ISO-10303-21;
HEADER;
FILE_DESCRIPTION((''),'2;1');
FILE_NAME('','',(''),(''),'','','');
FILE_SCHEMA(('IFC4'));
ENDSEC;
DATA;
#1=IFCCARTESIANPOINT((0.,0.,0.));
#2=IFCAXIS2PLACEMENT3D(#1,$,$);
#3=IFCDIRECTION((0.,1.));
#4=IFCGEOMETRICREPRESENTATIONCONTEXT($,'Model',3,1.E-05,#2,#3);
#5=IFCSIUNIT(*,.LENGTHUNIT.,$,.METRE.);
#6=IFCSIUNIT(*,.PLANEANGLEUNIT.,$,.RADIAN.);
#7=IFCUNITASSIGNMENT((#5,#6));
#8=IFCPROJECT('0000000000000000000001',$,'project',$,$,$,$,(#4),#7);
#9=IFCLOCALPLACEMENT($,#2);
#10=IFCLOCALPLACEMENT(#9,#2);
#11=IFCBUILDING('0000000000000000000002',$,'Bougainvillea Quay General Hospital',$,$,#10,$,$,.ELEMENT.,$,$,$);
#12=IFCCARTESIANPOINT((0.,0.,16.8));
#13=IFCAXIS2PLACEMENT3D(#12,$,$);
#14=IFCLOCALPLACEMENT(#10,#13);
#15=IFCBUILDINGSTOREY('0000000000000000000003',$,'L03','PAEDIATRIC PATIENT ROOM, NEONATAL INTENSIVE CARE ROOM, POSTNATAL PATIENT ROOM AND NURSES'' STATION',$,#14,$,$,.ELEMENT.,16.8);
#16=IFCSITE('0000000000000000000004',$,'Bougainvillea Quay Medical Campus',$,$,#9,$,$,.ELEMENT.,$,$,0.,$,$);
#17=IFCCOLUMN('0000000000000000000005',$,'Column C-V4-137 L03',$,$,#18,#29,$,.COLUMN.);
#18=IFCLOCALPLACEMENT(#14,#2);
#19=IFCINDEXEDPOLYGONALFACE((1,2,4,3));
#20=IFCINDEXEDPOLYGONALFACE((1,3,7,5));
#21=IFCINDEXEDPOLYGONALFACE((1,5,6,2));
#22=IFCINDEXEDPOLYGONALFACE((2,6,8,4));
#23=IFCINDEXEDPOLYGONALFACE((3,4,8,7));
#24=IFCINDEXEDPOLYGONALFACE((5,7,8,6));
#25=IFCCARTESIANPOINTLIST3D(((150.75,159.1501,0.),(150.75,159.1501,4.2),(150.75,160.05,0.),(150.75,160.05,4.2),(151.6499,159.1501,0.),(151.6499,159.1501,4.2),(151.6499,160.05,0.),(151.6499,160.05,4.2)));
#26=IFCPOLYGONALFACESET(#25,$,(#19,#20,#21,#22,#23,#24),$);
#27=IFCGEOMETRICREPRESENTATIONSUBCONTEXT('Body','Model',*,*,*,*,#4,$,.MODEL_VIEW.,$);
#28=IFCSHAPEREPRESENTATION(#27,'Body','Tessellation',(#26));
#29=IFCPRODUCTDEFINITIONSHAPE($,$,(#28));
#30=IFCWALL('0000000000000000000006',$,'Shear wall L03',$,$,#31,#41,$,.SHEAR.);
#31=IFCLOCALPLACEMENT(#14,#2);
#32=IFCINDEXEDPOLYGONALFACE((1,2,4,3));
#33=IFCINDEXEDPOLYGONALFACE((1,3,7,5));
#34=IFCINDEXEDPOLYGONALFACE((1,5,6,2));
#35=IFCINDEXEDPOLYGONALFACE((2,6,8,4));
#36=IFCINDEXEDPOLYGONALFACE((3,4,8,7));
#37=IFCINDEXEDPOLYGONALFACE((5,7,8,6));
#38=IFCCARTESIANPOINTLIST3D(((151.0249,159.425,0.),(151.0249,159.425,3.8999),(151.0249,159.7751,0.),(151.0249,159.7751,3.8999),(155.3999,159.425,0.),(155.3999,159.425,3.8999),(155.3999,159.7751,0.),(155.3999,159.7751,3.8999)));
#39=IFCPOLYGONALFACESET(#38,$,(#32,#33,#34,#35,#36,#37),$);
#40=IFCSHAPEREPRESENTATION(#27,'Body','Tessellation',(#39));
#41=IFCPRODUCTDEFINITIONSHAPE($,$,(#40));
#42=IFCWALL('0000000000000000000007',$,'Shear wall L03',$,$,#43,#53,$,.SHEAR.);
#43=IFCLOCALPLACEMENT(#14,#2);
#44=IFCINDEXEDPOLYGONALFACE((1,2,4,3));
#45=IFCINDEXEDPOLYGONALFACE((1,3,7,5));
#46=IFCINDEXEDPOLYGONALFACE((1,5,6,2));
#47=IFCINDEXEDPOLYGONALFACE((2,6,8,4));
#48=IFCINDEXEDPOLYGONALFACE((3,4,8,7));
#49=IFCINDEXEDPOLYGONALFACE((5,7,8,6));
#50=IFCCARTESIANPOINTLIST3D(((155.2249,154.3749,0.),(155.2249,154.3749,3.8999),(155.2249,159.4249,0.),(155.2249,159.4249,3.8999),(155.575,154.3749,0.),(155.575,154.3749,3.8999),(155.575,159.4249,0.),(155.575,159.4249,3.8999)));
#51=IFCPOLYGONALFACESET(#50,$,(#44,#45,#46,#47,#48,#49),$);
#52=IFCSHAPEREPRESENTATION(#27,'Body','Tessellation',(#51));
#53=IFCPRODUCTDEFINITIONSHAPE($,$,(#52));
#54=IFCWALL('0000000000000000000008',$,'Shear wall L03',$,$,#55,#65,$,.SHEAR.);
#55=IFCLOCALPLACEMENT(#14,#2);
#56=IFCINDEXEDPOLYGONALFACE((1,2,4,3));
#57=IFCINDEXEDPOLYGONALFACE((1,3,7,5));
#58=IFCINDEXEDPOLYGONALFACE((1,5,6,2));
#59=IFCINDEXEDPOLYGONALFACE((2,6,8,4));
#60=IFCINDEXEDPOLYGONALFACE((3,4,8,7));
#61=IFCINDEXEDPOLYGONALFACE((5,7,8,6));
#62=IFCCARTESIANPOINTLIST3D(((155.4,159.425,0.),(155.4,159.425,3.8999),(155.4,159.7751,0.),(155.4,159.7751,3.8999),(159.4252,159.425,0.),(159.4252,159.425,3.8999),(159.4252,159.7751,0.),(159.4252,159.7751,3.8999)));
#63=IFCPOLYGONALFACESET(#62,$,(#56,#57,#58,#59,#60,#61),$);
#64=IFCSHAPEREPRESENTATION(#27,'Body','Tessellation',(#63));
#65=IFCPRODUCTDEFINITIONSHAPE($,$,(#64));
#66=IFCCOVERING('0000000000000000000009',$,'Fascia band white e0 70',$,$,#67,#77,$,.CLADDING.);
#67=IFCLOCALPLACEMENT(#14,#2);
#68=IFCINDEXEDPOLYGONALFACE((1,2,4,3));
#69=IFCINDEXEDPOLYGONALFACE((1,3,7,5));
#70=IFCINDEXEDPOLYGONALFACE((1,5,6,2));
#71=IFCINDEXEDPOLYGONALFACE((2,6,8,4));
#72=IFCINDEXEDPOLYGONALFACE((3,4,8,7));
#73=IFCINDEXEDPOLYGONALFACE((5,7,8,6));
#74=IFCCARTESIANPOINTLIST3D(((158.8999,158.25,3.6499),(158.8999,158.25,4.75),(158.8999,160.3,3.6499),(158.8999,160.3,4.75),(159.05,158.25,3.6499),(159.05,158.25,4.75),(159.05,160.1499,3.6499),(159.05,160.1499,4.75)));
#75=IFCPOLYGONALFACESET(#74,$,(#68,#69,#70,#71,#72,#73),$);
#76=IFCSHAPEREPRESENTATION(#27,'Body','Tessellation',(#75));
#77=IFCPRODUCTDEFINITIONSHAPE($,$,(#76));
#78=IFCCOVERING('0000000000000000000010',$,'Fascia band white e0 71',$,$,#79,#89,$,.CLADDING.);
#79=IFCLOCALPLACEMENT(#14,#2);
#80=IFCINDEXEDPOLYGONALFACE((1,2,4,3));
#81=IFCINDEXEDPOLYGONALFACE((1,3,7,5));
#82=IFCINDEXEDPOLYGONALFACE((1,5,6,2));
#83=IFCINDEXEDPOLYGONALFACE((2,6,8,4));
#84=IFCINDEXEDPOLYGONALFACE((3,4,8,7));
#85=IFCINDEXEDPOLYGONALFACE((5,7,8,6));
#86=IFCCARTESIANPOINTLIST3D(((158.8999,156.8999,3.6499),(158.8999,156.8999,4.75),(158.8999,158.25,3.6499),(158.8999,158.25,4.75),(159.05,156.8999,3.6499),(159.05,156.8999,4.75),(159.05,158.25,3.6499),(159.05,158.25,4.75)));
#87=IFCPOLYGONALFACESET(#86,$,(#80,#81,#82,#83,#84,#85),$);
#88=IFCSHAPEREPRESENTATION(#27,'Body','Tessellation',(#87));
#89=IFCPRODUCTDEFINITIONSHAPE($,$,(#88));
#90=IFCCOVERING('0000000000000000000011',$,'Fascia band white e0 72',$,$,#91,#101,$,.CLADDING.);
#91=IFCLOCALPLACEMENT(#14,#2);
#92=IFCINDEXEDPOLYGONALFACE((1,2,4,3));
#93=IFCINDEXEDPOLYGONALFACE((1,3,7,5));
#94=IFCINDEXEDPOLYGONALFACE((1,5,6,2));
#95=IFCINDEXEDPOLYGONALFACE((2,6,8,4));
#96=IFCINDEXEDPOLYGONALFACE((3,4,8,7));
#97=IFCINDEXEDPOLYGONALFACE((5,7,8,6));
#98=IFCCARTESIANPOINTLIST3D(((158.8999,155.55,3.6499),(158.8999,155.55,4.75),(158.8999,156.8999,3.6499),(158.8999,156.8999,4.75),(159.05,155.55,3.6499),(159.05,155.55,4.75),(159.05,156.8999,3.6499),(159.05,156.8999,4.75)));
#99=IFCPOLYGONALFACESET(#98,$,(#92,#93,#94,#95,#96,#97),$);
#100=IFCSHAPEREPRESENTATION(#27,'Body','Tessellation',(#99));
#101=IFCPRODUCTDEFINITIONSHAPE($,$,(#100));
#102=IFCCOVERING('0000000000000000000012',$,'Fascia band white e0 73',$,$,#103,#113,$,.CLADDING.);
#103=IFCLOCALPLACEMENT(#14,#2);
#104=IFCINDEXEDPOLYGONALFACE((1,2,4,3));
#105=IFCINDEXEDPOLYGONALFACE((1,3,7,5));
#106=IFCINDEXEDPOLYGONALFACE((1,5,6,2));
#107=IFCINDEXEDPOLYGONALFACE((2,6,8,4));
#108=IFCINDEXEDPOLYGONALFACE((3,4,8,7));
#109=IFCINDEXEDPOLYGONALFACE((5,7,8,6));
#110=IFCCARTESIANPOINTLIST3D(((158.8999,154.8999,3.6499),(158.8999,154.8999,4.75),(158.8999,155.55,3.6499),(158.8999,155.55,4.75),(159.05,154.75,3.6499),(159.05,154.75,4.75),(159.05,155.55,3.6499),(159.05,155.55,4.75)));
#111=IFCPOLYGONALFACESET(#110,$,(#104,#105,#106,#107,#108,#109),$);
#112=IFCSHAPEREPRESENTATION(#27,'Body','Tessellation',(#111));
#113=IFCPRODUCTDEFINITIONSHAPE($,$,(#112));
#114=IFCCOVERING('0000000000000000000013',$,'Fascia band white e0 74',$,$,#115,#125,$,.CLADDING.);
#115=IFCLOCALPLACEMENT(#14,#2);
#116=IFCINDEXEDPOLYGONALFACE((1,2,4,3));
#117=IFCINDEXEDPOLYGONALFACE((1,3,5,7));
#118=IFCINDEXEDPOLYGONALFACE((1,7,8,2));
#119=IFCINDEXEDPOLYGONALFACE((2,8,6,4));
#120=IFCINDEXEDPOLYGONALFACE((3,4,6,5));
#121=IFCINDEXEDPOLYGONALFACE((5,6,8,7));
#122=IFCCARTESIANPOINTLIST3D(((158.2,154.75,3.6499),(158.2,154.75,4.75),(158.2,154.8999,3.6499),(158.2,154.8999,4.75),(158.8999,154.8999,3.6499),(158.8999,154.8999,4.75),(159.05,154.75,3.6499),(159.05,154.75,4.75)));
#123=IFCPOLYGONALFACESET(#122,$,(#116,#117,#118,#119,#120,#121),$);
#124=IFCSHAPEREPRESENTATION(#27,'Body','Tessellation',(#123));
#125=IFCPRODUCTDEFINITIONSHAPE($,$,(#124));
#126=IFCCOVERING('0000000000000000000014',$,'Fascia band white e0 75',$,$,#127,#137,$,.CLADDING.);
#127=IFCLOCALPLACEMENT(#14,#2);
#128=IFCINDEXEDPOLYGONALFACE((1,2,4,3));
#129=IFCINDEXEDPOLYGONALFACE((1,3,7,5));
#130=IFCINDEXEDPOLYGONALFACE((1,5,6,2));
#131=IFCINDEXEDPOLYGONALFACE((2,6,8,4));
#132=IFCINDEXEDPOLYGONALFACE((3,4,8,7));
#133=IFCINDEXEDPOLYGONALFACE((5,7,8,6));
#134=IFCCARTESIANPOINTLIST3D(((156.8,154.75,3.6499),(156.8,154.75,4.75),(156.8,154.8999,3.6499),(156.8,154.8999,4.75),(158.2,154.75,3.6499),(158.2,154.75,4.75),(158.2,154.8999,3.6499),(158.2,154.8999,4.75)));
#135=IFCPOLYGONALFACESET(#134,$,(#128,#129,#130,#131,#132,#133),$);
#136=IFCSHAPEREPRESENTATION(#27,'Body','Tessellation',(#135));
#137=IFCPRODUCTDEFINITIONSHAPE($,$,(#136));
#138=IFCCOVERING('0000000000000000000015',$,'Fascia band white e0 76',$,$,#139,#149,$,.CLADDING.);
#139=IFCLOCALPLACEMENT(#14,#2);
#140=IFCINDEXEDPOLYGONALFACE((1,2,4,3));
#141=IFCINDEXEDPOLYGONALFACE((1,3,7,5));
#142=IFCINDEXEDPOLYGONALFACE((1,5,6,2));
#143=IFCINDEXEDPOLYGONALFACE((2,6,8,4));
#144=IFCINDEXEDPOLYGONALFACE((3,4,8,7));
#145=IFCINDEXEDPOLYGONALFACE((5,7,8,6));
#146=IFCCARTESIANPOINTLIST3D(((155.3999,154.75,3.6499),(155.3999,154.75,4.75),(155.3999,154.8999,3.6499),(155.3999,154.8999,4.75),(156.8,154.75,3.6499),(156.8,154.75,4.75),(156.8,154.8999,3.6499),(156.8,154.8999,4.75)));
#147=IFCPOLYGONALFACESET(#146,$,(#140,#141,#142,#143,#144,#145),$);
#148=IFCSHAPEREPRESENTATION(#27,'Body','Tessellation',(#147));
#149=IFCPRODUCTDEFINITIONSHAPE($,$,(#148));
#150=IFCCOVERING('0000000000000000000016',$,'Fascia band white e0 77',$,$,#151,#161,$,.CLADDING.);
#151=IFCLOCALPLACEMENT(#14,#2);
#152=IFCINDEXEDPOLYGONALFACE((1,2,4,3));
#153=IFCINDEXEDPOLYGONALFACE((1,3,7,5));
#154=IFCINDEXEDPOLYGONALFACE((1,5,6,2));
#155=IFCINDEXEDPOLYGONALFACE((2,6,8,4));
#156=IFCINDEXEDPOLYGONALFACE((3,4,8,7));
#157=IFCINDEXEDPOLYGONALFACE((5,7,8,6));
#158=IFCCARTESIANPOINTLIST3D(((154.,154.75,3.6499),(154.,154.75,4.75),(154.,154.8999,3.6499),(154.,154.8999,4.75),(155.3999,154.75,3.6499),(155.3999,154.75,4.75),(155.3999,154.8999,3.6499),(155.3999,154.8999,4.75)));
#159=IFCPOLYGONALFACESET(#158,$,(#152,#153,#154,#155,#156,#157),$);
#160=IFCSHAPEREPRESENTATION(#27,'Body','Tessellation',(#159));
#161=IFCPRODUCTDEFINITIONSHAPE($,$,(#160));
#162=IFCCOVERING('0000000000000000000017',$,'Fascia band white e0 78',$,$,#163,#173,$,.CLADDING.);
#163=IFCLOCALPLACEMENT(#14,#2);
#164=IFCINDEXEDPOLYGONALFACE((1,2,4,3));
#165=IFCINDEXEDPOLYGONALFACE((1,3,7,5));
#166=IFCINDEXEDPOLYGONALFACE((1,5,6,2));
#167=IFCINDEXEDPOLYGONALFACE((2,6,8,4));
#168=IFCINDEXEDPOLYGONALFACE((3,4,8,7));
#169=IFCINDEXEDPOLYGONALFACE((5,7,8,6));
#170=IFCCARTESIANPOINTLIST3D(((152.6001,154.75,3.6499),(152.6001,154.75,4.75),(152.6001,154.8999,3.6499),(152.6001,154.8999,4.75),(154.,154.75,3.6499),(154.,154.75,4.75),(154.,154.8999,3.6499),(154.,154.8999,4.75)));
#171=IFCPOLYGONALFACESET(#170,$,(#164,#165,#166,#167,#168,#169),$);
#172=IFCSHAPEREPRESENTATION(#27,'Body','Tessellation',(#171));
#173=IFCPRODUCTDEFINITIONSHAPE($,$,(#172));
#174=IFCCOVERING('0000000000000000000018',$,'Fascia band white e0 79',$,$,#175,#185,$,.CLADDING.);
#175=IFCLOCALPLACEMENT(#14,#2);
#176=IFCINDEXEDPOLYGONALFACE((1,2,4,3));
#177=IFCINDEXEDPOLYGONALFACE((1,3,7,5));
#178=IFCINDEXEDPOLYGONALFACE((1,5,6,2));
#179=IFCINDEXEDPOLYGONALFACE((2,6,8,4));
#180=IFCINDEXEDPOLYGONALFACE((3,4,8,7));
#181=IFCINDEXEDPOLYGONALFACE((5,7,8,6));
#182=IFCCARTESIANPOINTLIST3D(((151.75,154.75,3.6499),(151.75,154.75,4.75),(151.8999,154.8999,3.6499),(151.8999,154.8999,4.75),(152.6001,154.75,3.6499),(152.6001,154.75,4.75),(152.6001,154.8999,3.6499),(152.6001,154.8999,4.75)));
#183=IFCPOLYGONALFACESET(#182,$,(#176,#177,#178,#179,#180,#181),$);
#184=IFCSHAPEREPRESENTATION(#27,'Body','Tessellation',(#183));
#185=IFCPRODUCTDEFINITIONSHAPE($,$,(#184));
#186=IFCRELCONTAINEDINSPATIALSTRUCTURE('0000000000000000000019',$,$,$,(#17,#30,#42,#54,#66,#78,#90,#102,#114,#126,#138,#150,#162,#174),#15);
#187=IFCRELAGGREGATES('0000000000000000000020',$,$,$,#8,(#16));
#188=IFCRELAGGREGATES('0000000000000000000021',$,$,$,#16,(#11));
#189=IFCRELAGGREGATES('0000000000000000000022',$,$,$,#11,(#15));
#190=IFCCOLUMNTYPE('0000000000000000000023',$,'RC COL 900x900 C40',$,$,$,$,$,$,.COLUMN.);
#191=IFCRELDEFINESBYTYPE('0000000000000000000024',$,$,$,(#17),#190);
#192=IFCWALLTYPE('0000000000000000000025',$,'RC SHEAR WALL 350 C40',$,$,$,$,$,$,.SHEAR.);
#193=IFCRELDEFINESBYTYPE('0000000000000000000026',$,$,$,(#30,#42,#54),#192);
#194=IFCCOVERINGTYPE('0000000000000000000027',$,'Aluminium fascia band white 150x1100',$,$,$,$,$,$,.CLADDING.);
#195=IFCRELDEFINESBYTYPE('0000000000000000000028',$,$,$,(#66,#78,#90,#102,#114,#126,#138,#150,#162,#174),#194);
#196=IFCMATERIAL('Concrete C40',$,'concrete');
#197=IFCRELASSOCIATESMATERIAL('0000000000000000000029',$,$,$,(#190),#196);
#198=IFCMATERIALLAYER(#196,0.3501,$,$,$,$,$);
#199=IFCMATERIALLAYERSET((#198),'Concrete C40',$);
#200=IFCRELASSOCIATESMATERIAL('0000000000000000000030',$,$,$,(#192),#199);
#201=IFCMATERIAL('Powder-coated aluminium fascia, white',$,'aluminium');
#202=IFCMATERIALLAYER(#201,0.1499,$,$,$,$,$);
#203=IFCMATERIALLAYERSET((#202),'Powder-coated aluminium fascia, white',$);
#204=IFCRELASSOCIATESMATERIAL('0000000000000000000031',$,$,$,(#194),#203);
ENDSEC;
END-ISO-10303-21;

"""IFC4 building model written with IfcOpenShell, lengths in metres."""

from ifc_helpers import new_model, si_unit, direction, frame, frame_2d, origin, origin_2d, place, context, subcontext, project, spatial, polyline, rectangle, outline, extrude, material, layer, layer_set, material_profile, profile_set, type_object, element, save


model = new_model("IFC4")

# Units and contexts
model_context = context("Model", 3, precision=1e-05, world=origin(), true_north=direction((0.0, 1.0)))
body_context = subcontext(model_context, "Body", "Model", "MODEL_VIEW")
ifc_project = project(units=[si_unit("LENGTHUNIT", "METRE"), si_unit("PLANEANGLEUNIT", "RADIAN")], contexts=[model_context])

# Site, building, storey
site_placement = place(None, origin())
site = spatial("IfcSite", under=ifc_project, at=site_placement, Name="Bougainvillea Quay Medical Campus", CompositionType="ELEMENT", RefElevation=0.0)
building_placement = place(site_placement, origin())
building = spatial("IfcBuilding", under=site, at=building_placement, Name="Bougainvillea Quay General Hospital", CompositionType="ELEMENT")
storey_placement = place(building_placement, frame((0.0, 0.0, 16.8)))
storey = spatial("IfcBuildingStorey", under=building, at=storey_placement, Name="L03", Description="PAEDIATRIC PATIENT ROOM, NEONATAL INTENSIVE CARE ROOM, POSTNATAL PATIENT ROOM AND NURSES' STATION", CompositionType="ELEMENT", Elevation=16.8)

# Column
ifc_material_1 = material(Name="Concrete C40", Category="concrete")
ifc_material_profile_1 = material_profile(ifc_material_1, rectangle(XDim=0.8999, YDim=0.8999, at=origin_2d()))
ifc_profile_set_1 = profile_set([ifc_material_profile_1], Name="Concrete C40")
column_type = type_object("IfcColumnType", Name="RC COL 900x900 C40", PredefinedType="COLUMN", material=ifc_profile_set_1)
column_placement = place(storey_placement, frame((151.2, 159.6001, 0.0), z_axis=(0.0, 0.0, 1.0), x_axis=(1.0, 0.0, 0.0)))
element("IfcColumn", 1, at=column_placement, inside=storey, type_object=column_type, Name="Column C-V4-137 L03", PredefinedType="COLUMN", context=body_context, shape_type="SweptSolid", body=[
    extrude(rectangle(XDim=0.8999, YDim=0.8999, at=origin_2d()), origin(), (0.0, 0.0, 1.0), 4.2),
])

# Walls
ifc_layer_1 = layer(ifc_material_1, 0.3501)
ifc_layer_set_1 = layer_set([ifc_layer_1], Name="Concrete C40")
wall_type = type_object("IfcWallType", Name="RC SHEAR WALL 350 C40", PredefinedType="SHEAR", material=ifc_layer_set_1)
wall_1_placement = place(storey_placement, frame((151.0249, 159.6001, 0.0), z_axis=(0.0, 0.0, 1.0), x_axis=(1.0, 0.0, 0.0)))
element("IfcWall", 2, at=wall_1_placement, inside=storey, type_object=wall_type, Name="Shear wall L03", PredefinedType="SHEAR", context=body_context, shape_type="SweptSolid", body=[
    extrude(rectangle(XDim=4.375, YDim=0.3501, at=frame_2d((2.1875, 0.0))), origin(), (0.0, 0.0, 1.0), 3.8999),
])
wall_2_placement = place(storey_placement, frame((155.3999, 154.375, 0.0), z_axis=(0.0, 0.0, 1.0), x_axis=(0.0, 1.0, 0.0)))
element("IfcWall", 3, at=wall_2_placement, inside=storey, type_object=wall_type, Name="Shear wall L03", PredefinedType="SHEAR", context=body_context, shape_type="SweptSolid", body=[
    extrude(rectangle(XDim=5.05, YDim=0.3501, at=frame_2d((2.5249, 0.0))), origin(), (0.0, 0.0, 1.0), 3.8999),
])
wall_3_placement = place(storey_placement, frame((155.3999, 159.6001, 0.0), z_axis=(0.0, 0.0, 1.0), x_axis=(1.0, 0.0, 0.0)))
element("IfcWall", 4, at=wall_3_placement, inside=storey, type_object=wall_type, Name="Shear wall L03", PredefinedType="SHEAR", context=body_context, shape_type="SweptSolid", body=[
    extrude(rectangle(XDim=4.0251, YDim=0.3501, at=frame_2d((2.0127, 0.0))), origin(), (0.0, 0.0, 1.0), 3.8999),
])

# Coverings
ifc_material_2 = material(Name="Powder-coated aluminium fascia, white", Category="aluminium")
ifc_layer_2 = layer(ifc_material_2, 0.1499)
ifc_layer_set_2 = layer_set([ifc_layer_2], Name="Powder-coated aluminium fascia, white")
covering_type = type_object("IfcCoveringType", Name="Aluminium fascia band white 150x1100", PredefinedType="CLADDING", material=ifc_layer_set_2)
covering_1_placement = place(storey_placement, frame((159.05, 160.1499, 3.6499), z_axis=(0.0, 0.0, 1.0), x_axis=(0.0, -1.0, 0.0)))
element("IfcCovering", 5, at=covering_1_placement, inside=storey, type_object=covering_type, Name="Fascia band white e0 70", PredefinedType="CLADDING", context=body_context, shape_type="SweptSolid", body=[
    extrude(outline(polyline([(0.0, 0.0), (1.8999, 0.0), (1.8999, -0.1501), (-0.1501, -0.1501), (0.0, 0.0)])), origin(), (0.0, 0.0, 1.0), 1.1001),
])
covering_2_placement = place(storey_placement, frame((159.05, 158.25, 3.6499), z_axis=(0.0, 0.0, 1.0), x_axis=(0.0, -1.0, 0.0)))
element("IfcCovering", 6, at=covering_2_placement, inside=storey, type_object=covering_type, Name="Fascia band white e0 71", PredefinedType="CLADDING", context=body_context, shape_type="SweptSolid", body=[
    extrude(outline(polyline([(0.0, 0.0), (1.3501, 0.0), (1.3501, -0.1501), (0.0, -0.1501), (0.0, 0.0)])), origin(), (0.0, 0.0, 1.0), 1.1001),
])
covering_3_placement = place(storey_placement, frame((159.05, 156.8999, 3.6499), z_axis=(0.0, 0.0, 1.0), x_axis=(0.0, -1.0, 0.0)))
element("IfcCovering", 7, at=covering_3_placement, inside=storey, type_object=covering_type, Name="Fascia band white e0 72", PredefinedType="CLADDING", context=body_context, shape_type="SweptSolid", body=[
    extrude(outline(polyline([(0.0, 0.0), (1.3499, 0.0), (1.3499, -0.1501), (0.0, -0.1501), (0.0, 0.0)])), origin(), (0.0, 0.0, 1.0), 1.1001),
])
covering_4_placement = place(storey_placement, frame((159.05, 155.55, 3.6499), z_axis=(0.0, 0.0, 1.0), x_axis=(0.0, -1.0, 0.0)))
element("IfcCovering", 8, at=covering_4_placement, inside=storey, type_object=covering_type, Name="Fascia band white e0 73", PredefinedType="CLADDING", context=body_context, shape_type="SweptSolid", body=[
    extrude(outline(polyline([(0.0, 0.0), (0.8, 0.0), (0.6501, -0.1501), (0.0, -0.1501), (0.0, 0.0)])), origin(), (0.0, 0.0, 1.0), 1.1001),
])
covering_5_placement = place(storey_placement, frame((159.05, 154.75, 3.6499), z_axis=(0.0, 0.0, 1.0), x_axis=(-1.0, 0.0, 0.0)))
element("IfcCovering", 9, at=covering_5_placement, inside=storey, type_object=covering_type, Name="Fascia band white e0 74", PredefinedType="CLADDING", context=body_context, shape_type="SweptSolid", body=[
    extrude(outline(polyline([(0.0, 0.0), (0.8501, 0.0), (0.8501, -0.1499), (0.1501, -0.1499), (0.0, 0.0)])), origin(), (0.0, 0.0, 1.0), 1.1001),
])
covering_6_placement = place(storey_placement, frame((158.2, 154.75, 3.6499), z_axis=(0.0, 0.0, 1.0), x_axis=(-1.0, 0.0, 0.0)))
element("IfcCovering", 10, at=covering_6_placement, inside=storey, type_object=covering_type, Name="Fascia band white e0 75", PredefinedType="CLADDING", context=body_context, shape_type="SweptSolid", body=[
    extrude(outline(polyline([(0.0, 0.0), (1.3999, 0.0), (1.3999, -0.1499), (0.0, -0.1499), (0.0, 0.0)])), origin(), (0.0, 0.0, 1.0), 1.1001),
])
covering_7_placement = place(storey_placement, frame((156.8, 154.75, 3.6499), z_axis=(0.0, 0.0, 1.0), x_axis=(-1.0, 0.0, 0.0)))
element("IfcCovering", 11, at=covering_7_placement, inside=storey, type_object=covering_type, Name="Fascia band white e0 76", PredefinedType="CLADDING", context=body_context, shape_type="SweptSolid", body=[
    extrude(outline(polyline([(0.0, 0.0), (1.4001, 0.0), (1.4001, -0.1499), (0.0, -0.1499), (0.0, 0.0)])), origin(), (0.0, 0.0, 1.0), 1.1001),
])
for number, where, z_axis, x_axis, name in (
    (12, (155.3999, 154.75, 3.6499), (0.0, 0.0, 1.0), (-1.0, 0.0, 0.0), "Fascia band white e0 77"),
    (13, (154.0, 154.75, 3.6499), (0.0, 0.0, 1.0), (-1.0, 0.0, 0.0), "Fascia band white e0 78"),
):
    element("IfcCovering", number, at=place(storey_placement, frame(where, z_axis=z_axis, x_axis=x_axis)), inside=storey, type_object=covering_type, Name=name, PredefinedType="CLADDING", context=body_context, shape_type="SweptSolid", body=[
        extrude(outline(polyline([(0.0, 0.0), (1.3999, 0.0), (1.3999, -0.1499), (0.0, -0.1499), (0.0, 0.0)])), origin(), (0.0, 0.0, 1.0), 1.1001),
    ])
covering_8_placement = place(storey_placement, frame((152.6001, 154.75, 3.6499), z_axis=(0.0, 0.0, 1.0), x_axis=(-1.0, 0.0, 0.0)))
element("IfcCovering", 14, at=covering_8_placement, inside=storey, type_object=covering_type, Name="Fascia band white e0 79", PredefinedType="CLADDING", context=body_context, shape_type="SweptSolid", body=[
    extrude(outline(polyline([(0.0, 0.0), (0.8501, 0.0), (0.7002, -0.1499), (0.0, -0.1499), (0.0, 0.0)])), origin(), (0.0, 0.0, 1.0), 1.1001),
])

save(model, "model.ifc")
